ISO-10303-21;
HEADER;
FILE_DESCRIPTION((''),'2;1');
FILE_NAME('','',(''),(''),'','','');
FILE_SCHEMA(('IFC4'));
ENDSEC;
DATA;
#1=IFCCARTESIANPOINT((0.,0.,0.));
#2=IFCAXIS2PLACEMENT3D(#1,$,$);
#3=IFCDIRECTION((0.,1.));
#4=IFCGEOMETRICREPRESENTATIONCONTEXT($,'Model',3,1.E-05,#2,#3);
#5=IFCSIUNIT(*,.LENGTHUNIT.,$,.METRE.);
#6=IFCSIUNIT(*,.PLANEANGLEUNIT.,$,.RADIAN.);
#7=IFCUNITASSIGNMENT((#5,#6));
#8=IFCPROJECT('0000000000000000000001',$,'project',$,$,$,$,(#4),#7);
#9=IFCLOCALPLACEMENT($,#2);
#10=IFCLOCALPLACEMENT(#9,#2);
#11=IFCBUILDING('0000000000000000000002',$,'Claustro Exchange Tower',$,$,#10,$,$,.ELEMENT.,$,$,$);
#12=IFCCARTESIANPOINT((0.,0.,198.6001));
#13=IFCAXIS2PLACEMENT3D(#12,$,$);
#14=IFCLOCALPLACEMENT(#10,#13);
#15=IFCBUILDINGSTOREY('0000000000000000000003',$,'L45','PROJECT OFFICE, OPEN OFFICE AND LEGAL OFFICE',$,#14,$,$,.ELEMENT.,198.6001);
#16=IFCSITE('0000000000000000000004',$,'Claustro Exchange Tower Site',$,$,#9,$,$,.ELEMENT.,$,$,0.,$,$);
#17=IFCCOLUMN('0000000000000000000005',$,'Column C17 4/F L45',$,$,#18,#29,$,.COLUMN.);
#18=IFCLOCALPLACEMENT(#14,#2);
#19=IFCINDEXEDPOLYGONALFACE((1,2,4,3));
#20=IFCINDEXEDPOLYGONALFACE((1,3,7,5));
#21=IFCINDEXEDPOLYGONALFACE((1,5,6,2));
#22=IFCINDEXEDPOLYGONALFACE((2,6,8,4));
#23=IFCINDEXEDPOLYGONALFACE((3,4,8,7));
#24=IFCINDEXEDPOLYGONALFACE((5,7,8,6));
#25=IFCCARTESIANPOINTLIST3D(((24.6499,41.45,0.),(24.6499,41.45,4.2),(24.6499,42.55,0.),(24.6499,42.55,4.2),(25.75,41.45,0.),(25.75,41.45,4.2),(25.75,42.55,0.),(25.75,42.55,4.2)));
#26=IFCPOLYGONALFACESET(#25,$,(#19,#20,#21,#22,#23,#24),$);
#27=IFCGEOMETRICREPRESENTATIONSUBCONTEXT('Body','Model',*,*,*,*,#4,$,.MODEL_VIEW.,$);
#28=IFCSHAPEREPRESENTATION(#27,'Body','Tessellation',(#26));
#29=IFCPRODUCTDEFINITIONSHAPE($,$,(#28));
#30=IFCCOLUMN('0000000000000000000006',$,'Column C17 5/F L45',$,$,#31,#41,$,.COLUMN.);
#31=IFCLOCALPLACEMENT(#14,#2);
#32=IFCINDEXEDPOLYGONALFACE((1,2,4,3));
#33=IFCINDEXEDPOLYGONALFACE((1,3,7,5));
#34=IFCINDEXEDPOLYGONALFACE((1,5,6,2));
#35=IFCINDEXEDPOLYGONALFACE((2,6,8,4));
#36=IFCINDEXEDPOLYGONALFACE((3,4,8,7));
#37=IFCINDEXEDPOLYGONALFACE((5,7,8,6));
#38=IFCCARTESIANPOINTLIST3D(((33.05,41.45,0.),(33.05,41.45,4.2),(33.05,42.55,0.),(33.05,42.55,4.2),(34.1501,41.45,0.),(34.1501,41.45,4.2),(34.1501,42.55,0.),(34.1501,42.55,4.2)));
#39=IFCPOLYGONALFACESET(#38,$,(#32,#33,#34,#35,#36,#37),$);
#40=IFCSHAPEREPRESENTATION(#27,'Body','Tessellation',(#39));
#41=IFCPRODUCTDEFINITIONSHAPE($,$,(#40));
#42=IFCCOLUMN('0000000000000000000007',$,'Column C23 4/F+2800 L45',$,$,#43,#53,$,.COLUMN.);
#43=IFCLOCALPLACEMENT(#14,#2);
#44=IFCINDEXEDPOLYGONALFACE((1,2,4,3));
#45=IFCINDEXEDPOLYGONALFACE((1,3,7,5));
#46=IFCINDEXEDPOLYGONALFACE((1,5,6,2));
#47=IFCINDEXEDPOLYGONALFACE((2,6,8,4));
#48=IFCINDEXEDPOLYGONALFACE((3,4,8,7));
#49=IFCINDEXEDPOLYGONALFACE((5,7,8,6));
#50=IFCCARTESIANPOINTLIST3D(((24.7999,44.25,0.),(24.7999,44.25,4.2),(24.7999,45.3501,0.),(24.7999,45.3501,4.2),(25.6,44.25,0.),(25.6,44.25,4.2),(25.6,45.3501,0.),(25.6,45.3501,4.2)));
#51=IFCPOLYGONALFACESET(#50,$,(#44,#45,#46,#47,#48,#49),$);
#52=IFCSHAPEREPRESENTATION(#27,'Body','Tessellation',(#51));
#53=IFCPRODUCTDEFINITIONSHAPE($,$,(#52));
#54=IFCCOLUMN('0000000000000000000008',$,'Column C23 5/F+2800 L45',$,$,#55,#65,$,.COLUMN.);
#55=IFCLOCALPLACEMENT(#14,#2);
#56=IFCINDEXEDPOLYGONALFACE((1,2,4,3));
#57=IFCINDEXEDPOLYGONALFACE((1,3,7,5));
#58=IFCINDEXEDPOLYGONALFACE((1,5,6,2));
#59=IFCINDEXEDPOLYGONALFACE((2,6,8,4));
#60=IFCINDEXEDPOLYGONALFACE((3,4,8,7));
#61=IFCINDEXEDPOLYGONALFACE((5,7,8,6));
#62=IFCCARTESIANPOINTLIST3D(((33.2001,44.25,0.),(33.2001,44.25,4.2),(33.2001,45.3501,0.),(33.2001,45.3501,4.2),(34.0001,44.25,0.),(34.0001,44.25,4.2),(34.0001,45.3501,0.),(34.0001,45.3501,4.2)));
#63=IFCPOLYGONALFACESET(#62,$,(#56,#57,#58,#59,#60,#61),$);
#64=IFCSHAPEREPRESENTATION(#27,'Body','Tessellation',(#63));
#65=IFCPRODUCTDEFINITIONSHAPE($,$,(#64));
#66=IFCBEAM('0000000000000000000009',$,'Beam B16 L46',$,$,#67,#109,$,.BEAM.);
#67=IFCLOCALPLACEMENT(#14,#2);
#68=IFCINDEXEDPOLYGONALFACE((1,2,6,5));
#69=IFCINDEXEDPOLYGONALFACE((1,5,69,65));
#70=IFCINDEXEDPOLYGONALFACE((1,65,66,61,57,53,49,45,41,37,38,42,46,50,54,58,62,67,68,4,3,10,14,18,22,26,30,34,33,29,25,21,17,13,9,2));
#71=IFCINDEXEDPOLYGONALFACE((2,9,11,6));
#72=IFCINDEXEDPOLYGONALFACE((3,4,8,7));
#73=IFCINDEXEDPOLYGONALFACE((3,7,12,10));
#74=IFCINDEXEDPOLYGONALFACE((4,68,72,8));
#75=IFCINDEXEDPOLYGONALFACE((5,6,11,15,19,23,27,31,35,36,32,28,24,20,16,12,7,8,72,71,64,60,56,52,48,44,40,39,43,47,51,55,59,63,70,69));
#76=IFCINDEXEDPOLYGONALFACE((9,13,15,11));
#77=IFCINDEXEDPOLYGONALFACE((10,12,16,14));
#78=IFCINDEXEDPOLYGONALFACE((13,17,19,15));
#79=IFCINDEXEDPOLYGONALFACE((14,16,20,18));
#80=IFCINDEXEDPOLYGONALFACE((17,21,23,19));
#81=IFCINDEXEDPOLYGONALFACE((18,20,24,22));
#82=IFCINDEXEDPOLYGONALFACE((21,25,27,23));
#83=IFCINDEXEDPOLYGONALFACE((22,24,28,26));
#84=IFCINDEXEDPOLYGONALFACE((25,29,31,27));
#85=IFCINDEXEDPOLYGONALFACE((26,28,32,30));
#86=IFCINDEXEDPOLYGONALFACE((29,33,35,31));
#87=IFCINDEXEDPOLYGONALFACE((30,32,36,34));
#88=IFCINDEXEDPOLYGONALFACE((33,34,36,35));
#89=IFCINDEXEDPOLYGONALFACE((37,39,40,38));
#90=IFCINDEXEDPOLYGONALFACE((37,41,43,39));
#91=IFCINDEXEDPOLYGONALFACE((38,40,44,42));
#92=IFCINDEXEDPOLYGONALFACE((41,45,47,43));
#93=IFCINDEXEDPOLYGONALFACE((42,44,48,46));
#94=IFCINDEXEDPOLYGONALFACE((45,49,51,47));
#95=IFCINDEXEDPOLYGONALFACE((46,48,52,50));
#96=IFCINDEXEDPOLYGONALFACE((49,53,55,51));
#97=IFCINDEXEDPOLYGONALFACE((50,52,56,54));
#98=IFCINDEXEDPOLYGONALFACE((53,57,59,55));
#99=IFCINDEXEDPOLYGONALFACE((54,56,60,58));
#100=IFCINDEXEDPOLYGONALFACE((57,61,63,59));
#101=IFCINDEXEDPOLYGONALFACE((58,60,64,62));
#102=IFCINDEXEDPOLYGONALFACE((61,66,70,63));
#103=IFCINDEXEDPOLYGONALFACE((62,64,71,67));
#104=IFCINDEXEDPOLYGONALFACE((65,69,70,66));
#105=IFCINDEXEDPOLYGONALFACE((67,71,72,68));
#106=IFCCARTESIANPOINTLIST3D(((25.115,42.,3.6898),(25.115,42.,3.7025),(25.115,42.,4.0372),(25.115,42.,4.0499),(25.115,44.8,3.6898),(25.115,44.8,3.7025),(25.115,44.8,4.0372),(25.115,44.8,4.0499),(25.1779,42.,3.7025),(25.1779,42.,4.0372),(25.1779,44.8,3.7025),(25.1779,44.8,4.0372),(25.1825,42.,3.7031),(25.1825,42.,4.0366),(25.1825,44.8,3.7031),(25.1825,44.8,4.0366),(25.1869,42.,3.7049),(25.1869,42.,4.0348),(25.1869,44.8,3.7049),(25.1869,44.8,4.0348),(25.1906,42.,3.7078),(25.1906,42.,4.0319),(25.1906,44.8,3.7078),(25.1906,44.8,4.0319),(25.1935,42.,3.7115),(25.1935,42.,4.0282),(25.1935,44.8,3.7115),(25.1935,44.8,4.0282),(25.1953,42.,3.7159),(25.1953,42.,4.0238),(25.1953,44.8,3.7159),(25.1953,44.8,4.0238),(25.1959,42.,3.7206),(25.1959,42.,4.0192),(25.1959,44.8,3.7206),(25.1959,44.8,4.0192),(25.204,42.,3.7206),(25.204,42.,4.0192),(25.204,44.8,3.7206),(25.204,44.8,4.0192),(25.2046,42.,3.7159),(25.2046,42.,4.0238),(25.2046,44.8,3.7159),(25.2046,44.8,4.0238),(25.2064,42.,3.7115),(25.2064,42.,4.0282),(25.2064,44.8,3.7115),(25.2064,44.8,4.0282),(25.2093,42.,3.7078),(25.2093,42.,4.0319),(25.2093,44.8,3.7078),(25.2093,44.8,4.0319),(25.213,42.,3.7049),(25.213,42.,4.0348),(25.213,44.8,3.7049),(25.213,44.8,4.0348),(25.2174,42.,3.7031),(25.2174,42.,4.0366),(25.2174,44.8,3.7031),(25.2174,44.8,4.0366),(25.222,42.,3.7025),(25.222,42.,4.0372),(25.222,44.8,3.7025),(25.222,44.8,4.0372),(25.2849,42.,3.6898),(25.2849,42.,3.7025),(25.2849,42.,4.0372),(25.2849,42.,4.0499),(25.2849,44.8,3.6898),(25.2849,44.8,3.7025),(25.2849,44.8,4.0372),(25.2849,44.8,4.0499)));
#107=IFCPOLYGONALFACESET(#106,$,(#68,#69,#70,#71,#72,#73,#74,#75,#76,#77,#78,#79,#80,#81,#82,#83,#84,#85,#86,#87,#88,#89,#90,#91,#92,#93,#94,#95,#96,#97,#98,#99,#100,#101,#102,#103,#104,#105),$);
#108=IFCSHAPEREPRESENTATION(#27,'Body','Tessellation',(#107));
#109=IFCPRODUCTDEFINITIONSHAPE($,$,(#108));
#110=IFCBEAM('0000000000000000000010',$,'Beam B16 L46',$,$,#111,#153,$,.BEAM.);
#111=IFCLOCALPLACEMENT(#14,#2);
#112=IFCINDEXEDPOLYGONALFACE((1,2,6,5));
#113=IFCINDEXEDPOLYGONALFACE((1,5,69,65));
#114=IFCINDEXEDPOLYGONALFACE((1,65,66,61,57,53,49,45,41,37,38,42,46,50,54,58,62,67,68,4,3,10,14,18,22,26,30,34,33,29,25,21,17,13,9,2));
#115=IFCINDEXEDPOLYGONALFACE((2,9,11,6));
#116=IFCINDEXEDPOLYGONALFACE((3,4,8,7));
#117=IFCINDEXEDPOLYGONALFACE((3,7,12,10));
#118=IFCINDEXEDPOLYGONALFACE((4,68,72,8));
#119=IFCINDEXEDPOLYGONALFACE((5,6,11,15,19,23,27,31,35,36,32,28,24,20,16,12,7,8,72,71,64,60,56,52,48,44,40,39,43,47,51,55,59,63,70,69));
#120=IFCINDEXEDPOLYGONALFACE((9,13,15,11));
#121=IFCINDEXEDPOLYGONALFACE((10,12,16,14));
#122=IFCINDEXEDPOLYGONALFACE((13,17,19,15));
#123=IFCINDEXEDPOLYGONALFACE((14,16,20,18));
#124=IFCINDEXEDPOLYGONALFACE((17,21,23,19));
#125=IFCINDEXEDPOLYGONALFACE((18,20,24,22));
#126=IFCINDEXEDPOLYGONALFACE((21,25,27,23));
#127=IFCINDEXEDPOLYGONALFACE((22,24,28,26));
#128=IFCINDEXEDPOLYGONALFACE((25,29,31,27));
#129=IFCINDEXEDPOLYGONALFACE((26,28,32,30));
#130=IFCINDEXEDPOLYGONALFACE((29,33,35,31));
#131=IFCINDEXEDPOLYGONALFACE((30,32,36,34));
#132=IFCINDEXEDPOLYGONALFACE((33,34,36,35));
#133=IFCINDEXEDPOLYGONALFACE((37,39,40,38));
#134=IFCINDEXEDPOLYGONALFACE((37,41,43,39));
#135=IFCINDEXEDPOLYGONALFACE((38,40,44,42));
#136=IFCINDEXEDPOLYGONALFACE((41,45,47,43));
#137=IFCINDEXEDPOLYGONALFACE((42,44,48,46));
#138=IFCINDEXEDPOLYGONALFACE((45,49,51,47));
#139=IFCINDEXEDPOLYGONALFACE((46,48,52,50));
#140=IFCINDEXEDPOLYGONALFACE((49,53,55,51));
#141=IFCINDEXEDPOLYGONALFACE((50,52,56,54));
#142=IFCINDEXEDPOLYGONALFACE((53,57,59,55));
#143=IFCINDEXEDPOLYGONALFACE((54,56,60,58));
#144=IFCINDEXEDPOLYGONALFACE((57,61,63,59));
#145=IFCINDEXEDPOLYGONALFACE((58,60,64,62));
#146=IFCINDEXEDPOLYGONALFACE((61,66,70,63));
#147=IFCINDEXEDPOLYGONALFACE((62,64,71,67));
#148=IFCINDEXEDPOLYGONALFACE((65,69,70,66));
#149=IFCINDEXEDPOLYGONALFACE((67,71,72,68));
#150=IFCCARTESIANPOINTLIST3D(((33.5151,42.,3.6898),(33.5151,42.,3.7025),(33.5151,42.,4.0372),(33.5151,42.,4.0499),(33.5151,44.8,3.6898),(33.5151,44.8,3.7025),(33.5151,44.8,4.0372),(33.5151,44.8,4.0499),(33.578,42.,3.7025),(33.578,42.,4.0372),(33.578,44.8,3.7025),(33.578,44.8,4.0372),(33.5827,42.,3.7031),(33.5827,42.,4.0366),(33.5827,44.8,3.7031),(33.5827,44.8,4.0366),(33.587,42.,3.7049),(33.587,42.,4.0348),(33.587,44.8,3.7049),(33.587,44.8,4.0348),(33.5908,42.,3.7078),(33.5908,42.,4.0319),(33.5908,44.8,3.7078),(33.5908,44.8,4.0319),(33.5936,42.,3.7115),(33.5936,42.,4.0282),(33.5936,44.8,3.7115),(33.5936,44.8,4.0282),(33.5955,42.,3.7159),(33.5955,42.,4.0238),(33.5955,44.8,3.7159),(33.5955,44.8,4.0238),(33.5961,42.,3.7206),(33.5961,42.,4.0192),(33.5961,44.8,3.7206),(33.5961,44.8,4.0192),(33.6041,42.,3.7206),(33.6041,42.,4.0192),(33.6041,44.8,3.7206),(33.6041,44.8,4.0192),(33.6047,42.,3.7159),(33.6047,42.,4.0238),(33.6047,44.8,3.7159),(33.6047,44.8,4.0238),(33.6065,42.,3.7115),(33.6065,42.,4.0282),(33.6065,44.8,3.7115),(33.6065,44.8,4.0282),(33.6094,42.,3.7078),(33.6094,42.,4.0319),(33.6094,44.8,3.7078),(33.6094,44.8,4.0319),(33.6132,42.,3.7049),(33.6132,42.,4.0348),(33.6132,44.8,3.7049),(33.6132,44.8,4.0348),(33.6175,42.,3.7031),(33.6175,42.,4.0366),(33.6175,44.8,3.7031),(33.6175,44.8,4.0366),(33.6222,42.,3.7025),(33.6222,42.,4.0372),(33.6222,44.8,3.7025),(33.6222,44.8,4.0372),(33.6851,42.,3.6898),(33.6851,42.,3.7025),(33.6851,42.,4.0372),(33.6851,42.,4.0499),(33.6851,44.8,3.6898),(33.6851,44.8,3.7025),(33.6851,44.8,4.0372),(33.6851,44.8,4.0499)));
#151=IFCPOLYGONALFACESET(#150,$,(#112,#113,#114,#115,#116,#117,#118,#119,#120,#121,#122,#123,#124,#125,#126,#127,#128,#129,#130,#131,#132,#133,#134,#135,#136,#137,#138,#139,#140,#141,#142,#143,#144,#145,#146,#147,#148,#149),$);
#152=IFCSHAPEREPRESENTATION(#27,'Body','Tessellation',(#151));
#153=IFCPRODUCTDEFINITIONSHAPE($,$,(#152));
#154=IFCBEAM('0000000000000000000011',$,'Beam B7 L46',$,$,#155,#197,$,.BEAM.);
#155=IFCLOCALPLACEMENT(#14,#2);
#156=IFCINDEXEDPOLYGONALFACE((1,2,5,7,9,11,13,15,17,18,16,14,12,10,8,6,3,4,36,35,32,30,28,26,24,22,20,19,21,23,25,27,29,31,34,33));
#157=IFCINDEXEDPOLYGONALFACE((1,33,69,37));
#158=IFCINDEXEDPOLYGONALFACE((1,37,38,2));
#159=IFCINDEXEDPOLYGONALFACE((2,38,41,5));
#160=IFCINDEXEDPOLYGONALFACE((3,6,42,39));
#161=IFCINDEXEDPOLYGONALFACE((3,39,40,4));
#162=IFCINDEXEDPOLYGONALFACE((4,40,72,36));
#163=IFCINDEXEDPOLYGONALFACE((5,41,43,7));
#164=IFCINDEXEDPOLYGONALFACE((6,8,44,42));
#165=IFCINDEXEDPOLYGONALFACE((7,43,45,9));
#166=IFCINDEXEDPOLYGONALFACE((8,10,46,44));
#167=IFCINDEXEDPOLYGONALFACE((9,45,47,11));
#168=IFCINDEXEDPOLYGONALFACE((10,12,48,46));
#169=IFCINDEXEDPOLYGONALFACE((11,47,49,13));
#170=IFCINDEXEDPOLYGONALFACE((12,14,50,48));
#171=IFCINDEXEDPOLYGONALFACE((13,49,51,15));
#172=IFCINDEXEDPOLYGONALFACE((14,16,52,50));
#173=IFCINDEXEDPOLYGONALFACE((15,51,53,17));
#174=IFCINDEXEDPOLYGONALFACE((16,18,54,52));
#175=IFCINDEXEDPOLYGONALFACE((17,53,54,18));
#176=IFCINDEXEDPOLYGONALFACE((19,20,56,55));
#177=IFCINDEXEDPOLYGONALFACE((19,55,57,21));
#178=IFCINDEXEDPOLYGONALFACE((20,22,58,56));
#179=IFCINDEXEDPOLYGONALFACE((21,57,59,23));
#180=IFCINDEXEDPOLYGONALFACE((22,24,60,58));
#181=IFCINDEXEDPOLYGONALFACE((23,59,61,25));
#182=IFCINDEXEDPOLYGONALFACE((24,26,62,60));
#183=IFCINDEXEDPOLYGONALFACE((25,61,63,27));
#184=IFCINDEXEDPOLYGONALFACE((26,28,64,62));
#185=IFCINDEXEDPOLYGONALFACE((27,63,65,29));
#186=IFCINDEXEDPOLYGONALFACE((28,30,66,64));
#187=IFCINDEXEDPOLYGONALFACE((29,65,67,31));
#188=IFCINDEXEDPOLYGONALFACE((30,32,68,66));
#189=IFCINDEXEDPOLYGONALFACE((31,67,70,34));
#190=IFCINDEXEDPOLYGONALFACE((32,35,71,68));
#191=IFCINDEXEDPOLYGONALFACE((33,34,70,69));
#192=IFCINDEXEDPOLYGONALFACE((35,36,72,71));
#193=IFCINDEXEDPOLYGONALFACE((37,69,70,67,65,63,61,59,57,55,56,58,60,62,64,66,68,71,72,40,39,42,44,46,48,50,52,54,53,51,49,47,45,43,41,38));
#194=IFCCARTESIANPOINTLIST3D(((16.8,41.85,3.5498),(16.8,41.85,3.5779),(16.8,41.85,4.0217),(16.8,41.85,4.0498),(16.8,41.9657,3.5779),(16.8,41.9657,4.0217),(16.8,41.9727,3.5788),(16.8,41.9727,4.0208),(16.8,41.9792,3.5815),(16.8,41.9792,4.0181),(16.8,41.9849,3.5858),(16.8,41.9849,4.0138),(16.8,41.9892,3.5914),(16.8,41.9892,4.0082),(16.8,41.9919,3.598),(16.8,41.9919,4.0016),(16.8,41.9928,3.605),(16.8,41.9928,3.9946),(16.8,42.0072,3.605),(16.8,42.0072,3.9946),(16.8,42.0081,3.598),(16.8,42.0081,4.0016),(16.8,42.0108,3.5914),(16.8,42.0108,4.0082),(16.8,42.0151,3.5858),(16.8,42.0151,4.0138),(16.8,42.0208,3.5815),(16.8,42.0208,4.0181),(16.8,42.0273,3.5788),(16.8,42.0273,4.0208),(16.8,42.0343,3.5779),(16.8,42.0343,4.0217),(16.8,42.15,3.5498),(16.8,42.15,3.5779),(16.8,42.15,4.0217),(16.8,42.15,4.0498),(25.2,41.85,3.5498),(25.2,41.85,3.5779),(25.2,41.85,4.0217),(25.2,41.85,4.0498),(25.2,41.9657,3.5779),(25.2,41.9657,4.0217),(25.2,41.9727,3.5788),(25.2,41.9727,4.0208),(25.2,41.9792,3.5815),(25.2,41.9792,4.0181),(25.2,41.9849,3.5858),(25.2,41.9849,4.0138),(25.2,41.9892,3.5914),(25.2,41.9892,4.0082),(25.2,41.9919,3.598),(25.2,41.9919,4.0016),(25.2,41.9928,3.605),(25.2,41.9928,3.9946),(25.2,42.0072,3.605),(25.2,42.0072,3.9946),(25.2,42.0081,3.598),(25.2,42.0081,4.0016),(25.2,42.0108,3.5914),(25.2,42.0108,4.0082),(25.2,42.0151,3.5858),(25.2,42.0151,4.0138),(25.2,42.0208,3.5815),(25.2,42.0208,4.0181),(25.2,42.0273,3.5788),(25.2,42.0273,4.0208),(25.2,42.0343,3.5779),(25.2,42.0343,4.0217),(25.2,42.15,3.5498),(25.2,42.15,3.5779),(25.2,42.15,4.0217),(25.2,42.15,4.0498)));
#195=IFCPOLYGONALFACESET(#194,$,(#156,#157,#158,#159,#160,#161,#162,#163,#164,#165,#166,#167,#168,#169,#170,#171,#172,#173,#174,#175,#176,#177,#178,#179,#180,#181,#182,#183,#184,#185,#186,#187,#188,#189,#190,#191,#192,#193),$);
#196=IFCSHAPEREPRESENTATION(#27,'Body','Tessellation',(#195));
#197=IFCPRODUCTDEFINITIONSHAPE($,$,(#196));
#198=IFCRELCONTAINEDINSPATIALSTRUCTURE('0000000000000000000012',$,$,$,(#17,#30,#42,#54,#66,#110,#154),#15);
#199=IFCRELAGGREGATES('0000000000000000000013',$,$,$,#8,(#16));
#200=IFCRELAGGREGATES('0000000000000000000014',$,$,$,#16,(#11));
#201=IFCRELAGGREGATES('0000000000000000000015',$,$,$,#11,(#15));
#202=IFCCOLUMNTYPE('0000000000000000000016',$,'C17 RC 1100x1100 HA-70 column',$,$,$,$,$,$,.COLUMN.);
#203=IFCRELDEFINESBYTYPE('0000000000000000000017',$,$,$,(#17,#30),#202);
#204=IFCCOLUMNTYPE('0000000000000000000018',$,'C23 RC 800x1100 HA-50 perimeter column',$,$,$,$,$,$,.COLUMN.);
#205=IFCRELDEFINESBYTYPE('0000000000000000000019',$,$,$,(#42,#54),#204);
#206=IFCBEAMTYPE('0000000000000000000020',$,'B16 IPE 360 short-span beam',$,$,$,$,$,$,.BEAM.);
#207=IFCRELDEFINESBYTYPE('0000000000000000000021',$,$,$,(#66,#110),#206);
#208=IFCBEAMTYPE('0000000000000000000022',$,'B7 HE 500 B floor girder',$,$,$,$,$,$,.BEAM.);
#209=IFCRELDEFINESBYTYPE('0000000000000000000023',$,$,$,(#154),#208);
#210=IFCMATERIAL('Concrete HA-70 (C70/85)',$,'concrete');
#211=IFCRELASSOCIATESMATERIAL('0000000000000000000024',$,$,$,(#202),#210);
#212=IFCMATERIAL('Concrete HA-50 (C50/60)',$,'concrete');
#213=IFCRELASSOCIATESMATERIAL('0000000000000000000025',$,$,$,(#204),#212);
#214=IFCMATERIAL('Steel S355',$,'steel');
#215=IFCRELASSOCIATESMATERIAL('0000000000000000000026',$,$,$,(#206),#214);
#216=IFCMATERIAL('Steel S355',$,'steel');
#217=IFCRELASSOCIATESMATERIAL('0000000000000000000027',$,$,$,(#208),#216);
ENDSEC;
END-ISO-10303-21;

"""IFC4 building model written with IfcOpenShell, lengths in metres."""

from ifc_helpers import new_model, si_unit, direction, frame, origin, origin_2d, place, context, subcontext, project, spatial, rectangle, i_section, extrude, material, material_profile, profile_set, type_object, element, save


model = new_model("IFC4")

# Units and contexts
model_context = context("Model", 3, precision=1e-05, world=origin(), true_north=direction((0.0, 1.0)))
body_context = subcontext(model_context, "Body", "Model", "MODEL_VIEW")
ifc_project = project(units=[si_unit("LENGTHUNIT", "METRE"), si_unit("PLANEANGLEUNIT", "RADIAN")], contexts=[model_context])

# Site, building, storey
site_placement = place(None, origin())
site = spatial("IfcSite", under=ifc_project, at=site_placement, Name="Claustro Exchange Tower Site", CompositionType="ELEMENT", RefElevation=0.0)
building_placement = place(site_placement, origin())
building = spatial("IfcBuilding", under=site, at=building_placement, Name="Claustro Exchange Tower", CompositionType="ELEMENT")
storey_placement = place(building_placement, frame((0.0, 0.0, 198.6001)))
storey = spatial("IfcBuildingStorey", under=building, at=storey_placement, Name="L45", Description="PROJECT OFFICE, OPEN OFFICE AND LEGAL OFFICE", CompositionType="ELEMENT", Elevation=198.6001)

# Columns
ifc_material_1 = material(Name="Concrete HA-70 (C70/85)", Category="concrete")
ifc_material_profile_1 = material_profile(ifc_material_1, rectangle(XDim=1.1001, YDim=1.1001, at=origin_2d()), Name="RC 1100x1100")
ifc_profile_set_1 = profile_set([ifc_material_profile_1], Name="Concrete HA-70 (C70/85)")
column_type_1 = type_object("IfcColumnType", Name="C17 RC 1100x1100 HA-70 column", PredefinedType="COLUMN", material=ifc_profile_set_1)
for number, where, z_axis, x_axis, name in (
    (1, (25.2, 42.0, 0.0), (0.0, 0.0, 1.0), (1.0, 0.0, 0.0), "Column C17 4/F L45"),
    (2, (33.6001, 42.0, 0.0), (0.0, 0.0, 1.0), (1.0, 0.0, 0.0), "Column C17 5/F L45"),
):
    element("IfcColumn", number, at=place(storey_placement, frame(where, z_axis=z_axis, x_axis=x_axis)), inside=storey, type_object=column_type_1, Name=name, PredefinedType="COLUMN", context=body_context, shape_type="SweptSolid", body=[
        extrude(rectangle(XDim=1.1001, YDim=1.1001, at=origin_2d()), origin(), (0.0, 0.0, 1.0), 4.2),
    ])
ifc_material_2 = material(Name="Concrete HA-50 (C50/60)", Category="concrete")
ifc_material_profile_2 = material_profile(ifc_material_2, rectangle(XDim=0.8, YDim=1.1001, at=origin_2d()), Name="RC 800x1100")
ifc_profile_set_2 = profile_set([ifc_material_profile_2], Name="Concrete HA-50 (C50/60)")
column_type_2 = type_object("IfcColumnType", Name="C23 RC 800x1100 HA-50 perimeter column", PredefinedType="COLUMN", material=ifc_profile_set_2)
for number, where, z_axis, x_axis, name in (
    (3, (25.2, 44.8, 0.0), (0.0, 0.0, 1.0), (1.0, 0.0, 0.0), "Column C23 4/F+2800 L45"),
    (4, (33.6001, 44.8, 0.0), (0.0, 0.0, 1.0), (1.0, 0.0, 0.0), "Column C23 5/F+2800 L45"),
):
    element("IfcColumn", number, at=place(storey_placement, frame(where, z_axis=z_axis, x_axis=x_axis)), inside=storey, type_object=column_type_2, Name=name, PredefinedType="COLUMN", context=body_context, shape_type="SweptSolid", body=[
        extrude(rectangle(XDim=0.8, YDim=1.1001, at=origin_2d()), origin(), (0.0, 0.0, 1.0), 4.2),
    ])

# Beams
ifc_material_3 = material(Name="Steel S355", Category="steel")
ifc_material_profile_3 = material_profile(ifc_material_3, i_section(OverallWidth=0.1699, OverallDepth=0.3601, WebThickness=0.0081, FlangeThickness=0.0127, FilletRadius=0.0181, at=origin_2d()), Name="IPE 360")
ifc_profile_set_3 = profile_set([ifc_material_profile_3], Name="Steel S355")
beam_type_1 = type_object("IfcBeamType", Name="B16 IPE 360 short-span beam", PredefinedType="BEAM", material=ifc_profile_set_3)
for number, where, z_axis, x_axis, name in (
    (5, (25.2, 42.0, 3.8699), (0.0, 1.0, 0.0), (-1.0, 0.0, 0.0), "Beam B16 L46"),
    (6, (33.6001, 42.0, 3.8699), (0.0, 1.0, 0.0), (-1.0, 0.0, 0.0), "Beam B16 L46"),
):
    element("IfcBeam", number, at=place(storey_placement, frame(where, z_axis=z_axis, x_axis=x_axis)), inside=storey, type_object=beam_type_1, Name=name, PredefinedType="BEAM", context=body_context, shape_type="SweptSolid", body=[
        extrude(i_section(OverallWidth=0.1699, OverallDepth=0.3601, WebThickness=0.0081, FlangeThickness=0.0127, FilletRadius=0.0181, at=origin_2d()), origin(), (0.0, 0.0, 1.0), 2.8),
    ])
ifc_material_4 = material(Name="Steel S355", Category="steel")
ifc_material_profile_4 = material_profile(ifc_material_4, i_section(OverallWidth=0.3, OverallDepth=0.5, WebThickness=0.0144, FlangeThickness=0.0281, FilletRadius=0.0271, at=origin_2d()), Name="HE 500 B")
ifc_profile_set_4 = profile_set([ifc_material_profile_4], Name="Steel S355")
beam_type_2 = type_object("IfcBeamType", Name="B7 HE 500 B floor girder", PredefinedType="BEAM", material=ifc_profile_set_4)
beam_1_placement = place(storey_placement, frame((16.8, 42.0, 3.7998), z_axis=(1.0, 0.0, 0.0), x_axis=(0.0, 1.0, 0.0)))
element("IfcBeam", 7, at=beam_1_placement, inside=storey, type_object=beam_type_2, Name="Beam B7 L46", PredefinedType="BEAM", context=body_context, shape_type="SweptSolid", body=[
    extrude(i_section(OverallWidth=0.3, OverallDepth=0.5, WebThickness=0.0144, FlangeThickness=0.0281, FilletRadius=0.0271, at=origin_2d()), origin(), (0.0, 0.0, 1.0), 8.3999),
])

save(model, "model.ifc")
